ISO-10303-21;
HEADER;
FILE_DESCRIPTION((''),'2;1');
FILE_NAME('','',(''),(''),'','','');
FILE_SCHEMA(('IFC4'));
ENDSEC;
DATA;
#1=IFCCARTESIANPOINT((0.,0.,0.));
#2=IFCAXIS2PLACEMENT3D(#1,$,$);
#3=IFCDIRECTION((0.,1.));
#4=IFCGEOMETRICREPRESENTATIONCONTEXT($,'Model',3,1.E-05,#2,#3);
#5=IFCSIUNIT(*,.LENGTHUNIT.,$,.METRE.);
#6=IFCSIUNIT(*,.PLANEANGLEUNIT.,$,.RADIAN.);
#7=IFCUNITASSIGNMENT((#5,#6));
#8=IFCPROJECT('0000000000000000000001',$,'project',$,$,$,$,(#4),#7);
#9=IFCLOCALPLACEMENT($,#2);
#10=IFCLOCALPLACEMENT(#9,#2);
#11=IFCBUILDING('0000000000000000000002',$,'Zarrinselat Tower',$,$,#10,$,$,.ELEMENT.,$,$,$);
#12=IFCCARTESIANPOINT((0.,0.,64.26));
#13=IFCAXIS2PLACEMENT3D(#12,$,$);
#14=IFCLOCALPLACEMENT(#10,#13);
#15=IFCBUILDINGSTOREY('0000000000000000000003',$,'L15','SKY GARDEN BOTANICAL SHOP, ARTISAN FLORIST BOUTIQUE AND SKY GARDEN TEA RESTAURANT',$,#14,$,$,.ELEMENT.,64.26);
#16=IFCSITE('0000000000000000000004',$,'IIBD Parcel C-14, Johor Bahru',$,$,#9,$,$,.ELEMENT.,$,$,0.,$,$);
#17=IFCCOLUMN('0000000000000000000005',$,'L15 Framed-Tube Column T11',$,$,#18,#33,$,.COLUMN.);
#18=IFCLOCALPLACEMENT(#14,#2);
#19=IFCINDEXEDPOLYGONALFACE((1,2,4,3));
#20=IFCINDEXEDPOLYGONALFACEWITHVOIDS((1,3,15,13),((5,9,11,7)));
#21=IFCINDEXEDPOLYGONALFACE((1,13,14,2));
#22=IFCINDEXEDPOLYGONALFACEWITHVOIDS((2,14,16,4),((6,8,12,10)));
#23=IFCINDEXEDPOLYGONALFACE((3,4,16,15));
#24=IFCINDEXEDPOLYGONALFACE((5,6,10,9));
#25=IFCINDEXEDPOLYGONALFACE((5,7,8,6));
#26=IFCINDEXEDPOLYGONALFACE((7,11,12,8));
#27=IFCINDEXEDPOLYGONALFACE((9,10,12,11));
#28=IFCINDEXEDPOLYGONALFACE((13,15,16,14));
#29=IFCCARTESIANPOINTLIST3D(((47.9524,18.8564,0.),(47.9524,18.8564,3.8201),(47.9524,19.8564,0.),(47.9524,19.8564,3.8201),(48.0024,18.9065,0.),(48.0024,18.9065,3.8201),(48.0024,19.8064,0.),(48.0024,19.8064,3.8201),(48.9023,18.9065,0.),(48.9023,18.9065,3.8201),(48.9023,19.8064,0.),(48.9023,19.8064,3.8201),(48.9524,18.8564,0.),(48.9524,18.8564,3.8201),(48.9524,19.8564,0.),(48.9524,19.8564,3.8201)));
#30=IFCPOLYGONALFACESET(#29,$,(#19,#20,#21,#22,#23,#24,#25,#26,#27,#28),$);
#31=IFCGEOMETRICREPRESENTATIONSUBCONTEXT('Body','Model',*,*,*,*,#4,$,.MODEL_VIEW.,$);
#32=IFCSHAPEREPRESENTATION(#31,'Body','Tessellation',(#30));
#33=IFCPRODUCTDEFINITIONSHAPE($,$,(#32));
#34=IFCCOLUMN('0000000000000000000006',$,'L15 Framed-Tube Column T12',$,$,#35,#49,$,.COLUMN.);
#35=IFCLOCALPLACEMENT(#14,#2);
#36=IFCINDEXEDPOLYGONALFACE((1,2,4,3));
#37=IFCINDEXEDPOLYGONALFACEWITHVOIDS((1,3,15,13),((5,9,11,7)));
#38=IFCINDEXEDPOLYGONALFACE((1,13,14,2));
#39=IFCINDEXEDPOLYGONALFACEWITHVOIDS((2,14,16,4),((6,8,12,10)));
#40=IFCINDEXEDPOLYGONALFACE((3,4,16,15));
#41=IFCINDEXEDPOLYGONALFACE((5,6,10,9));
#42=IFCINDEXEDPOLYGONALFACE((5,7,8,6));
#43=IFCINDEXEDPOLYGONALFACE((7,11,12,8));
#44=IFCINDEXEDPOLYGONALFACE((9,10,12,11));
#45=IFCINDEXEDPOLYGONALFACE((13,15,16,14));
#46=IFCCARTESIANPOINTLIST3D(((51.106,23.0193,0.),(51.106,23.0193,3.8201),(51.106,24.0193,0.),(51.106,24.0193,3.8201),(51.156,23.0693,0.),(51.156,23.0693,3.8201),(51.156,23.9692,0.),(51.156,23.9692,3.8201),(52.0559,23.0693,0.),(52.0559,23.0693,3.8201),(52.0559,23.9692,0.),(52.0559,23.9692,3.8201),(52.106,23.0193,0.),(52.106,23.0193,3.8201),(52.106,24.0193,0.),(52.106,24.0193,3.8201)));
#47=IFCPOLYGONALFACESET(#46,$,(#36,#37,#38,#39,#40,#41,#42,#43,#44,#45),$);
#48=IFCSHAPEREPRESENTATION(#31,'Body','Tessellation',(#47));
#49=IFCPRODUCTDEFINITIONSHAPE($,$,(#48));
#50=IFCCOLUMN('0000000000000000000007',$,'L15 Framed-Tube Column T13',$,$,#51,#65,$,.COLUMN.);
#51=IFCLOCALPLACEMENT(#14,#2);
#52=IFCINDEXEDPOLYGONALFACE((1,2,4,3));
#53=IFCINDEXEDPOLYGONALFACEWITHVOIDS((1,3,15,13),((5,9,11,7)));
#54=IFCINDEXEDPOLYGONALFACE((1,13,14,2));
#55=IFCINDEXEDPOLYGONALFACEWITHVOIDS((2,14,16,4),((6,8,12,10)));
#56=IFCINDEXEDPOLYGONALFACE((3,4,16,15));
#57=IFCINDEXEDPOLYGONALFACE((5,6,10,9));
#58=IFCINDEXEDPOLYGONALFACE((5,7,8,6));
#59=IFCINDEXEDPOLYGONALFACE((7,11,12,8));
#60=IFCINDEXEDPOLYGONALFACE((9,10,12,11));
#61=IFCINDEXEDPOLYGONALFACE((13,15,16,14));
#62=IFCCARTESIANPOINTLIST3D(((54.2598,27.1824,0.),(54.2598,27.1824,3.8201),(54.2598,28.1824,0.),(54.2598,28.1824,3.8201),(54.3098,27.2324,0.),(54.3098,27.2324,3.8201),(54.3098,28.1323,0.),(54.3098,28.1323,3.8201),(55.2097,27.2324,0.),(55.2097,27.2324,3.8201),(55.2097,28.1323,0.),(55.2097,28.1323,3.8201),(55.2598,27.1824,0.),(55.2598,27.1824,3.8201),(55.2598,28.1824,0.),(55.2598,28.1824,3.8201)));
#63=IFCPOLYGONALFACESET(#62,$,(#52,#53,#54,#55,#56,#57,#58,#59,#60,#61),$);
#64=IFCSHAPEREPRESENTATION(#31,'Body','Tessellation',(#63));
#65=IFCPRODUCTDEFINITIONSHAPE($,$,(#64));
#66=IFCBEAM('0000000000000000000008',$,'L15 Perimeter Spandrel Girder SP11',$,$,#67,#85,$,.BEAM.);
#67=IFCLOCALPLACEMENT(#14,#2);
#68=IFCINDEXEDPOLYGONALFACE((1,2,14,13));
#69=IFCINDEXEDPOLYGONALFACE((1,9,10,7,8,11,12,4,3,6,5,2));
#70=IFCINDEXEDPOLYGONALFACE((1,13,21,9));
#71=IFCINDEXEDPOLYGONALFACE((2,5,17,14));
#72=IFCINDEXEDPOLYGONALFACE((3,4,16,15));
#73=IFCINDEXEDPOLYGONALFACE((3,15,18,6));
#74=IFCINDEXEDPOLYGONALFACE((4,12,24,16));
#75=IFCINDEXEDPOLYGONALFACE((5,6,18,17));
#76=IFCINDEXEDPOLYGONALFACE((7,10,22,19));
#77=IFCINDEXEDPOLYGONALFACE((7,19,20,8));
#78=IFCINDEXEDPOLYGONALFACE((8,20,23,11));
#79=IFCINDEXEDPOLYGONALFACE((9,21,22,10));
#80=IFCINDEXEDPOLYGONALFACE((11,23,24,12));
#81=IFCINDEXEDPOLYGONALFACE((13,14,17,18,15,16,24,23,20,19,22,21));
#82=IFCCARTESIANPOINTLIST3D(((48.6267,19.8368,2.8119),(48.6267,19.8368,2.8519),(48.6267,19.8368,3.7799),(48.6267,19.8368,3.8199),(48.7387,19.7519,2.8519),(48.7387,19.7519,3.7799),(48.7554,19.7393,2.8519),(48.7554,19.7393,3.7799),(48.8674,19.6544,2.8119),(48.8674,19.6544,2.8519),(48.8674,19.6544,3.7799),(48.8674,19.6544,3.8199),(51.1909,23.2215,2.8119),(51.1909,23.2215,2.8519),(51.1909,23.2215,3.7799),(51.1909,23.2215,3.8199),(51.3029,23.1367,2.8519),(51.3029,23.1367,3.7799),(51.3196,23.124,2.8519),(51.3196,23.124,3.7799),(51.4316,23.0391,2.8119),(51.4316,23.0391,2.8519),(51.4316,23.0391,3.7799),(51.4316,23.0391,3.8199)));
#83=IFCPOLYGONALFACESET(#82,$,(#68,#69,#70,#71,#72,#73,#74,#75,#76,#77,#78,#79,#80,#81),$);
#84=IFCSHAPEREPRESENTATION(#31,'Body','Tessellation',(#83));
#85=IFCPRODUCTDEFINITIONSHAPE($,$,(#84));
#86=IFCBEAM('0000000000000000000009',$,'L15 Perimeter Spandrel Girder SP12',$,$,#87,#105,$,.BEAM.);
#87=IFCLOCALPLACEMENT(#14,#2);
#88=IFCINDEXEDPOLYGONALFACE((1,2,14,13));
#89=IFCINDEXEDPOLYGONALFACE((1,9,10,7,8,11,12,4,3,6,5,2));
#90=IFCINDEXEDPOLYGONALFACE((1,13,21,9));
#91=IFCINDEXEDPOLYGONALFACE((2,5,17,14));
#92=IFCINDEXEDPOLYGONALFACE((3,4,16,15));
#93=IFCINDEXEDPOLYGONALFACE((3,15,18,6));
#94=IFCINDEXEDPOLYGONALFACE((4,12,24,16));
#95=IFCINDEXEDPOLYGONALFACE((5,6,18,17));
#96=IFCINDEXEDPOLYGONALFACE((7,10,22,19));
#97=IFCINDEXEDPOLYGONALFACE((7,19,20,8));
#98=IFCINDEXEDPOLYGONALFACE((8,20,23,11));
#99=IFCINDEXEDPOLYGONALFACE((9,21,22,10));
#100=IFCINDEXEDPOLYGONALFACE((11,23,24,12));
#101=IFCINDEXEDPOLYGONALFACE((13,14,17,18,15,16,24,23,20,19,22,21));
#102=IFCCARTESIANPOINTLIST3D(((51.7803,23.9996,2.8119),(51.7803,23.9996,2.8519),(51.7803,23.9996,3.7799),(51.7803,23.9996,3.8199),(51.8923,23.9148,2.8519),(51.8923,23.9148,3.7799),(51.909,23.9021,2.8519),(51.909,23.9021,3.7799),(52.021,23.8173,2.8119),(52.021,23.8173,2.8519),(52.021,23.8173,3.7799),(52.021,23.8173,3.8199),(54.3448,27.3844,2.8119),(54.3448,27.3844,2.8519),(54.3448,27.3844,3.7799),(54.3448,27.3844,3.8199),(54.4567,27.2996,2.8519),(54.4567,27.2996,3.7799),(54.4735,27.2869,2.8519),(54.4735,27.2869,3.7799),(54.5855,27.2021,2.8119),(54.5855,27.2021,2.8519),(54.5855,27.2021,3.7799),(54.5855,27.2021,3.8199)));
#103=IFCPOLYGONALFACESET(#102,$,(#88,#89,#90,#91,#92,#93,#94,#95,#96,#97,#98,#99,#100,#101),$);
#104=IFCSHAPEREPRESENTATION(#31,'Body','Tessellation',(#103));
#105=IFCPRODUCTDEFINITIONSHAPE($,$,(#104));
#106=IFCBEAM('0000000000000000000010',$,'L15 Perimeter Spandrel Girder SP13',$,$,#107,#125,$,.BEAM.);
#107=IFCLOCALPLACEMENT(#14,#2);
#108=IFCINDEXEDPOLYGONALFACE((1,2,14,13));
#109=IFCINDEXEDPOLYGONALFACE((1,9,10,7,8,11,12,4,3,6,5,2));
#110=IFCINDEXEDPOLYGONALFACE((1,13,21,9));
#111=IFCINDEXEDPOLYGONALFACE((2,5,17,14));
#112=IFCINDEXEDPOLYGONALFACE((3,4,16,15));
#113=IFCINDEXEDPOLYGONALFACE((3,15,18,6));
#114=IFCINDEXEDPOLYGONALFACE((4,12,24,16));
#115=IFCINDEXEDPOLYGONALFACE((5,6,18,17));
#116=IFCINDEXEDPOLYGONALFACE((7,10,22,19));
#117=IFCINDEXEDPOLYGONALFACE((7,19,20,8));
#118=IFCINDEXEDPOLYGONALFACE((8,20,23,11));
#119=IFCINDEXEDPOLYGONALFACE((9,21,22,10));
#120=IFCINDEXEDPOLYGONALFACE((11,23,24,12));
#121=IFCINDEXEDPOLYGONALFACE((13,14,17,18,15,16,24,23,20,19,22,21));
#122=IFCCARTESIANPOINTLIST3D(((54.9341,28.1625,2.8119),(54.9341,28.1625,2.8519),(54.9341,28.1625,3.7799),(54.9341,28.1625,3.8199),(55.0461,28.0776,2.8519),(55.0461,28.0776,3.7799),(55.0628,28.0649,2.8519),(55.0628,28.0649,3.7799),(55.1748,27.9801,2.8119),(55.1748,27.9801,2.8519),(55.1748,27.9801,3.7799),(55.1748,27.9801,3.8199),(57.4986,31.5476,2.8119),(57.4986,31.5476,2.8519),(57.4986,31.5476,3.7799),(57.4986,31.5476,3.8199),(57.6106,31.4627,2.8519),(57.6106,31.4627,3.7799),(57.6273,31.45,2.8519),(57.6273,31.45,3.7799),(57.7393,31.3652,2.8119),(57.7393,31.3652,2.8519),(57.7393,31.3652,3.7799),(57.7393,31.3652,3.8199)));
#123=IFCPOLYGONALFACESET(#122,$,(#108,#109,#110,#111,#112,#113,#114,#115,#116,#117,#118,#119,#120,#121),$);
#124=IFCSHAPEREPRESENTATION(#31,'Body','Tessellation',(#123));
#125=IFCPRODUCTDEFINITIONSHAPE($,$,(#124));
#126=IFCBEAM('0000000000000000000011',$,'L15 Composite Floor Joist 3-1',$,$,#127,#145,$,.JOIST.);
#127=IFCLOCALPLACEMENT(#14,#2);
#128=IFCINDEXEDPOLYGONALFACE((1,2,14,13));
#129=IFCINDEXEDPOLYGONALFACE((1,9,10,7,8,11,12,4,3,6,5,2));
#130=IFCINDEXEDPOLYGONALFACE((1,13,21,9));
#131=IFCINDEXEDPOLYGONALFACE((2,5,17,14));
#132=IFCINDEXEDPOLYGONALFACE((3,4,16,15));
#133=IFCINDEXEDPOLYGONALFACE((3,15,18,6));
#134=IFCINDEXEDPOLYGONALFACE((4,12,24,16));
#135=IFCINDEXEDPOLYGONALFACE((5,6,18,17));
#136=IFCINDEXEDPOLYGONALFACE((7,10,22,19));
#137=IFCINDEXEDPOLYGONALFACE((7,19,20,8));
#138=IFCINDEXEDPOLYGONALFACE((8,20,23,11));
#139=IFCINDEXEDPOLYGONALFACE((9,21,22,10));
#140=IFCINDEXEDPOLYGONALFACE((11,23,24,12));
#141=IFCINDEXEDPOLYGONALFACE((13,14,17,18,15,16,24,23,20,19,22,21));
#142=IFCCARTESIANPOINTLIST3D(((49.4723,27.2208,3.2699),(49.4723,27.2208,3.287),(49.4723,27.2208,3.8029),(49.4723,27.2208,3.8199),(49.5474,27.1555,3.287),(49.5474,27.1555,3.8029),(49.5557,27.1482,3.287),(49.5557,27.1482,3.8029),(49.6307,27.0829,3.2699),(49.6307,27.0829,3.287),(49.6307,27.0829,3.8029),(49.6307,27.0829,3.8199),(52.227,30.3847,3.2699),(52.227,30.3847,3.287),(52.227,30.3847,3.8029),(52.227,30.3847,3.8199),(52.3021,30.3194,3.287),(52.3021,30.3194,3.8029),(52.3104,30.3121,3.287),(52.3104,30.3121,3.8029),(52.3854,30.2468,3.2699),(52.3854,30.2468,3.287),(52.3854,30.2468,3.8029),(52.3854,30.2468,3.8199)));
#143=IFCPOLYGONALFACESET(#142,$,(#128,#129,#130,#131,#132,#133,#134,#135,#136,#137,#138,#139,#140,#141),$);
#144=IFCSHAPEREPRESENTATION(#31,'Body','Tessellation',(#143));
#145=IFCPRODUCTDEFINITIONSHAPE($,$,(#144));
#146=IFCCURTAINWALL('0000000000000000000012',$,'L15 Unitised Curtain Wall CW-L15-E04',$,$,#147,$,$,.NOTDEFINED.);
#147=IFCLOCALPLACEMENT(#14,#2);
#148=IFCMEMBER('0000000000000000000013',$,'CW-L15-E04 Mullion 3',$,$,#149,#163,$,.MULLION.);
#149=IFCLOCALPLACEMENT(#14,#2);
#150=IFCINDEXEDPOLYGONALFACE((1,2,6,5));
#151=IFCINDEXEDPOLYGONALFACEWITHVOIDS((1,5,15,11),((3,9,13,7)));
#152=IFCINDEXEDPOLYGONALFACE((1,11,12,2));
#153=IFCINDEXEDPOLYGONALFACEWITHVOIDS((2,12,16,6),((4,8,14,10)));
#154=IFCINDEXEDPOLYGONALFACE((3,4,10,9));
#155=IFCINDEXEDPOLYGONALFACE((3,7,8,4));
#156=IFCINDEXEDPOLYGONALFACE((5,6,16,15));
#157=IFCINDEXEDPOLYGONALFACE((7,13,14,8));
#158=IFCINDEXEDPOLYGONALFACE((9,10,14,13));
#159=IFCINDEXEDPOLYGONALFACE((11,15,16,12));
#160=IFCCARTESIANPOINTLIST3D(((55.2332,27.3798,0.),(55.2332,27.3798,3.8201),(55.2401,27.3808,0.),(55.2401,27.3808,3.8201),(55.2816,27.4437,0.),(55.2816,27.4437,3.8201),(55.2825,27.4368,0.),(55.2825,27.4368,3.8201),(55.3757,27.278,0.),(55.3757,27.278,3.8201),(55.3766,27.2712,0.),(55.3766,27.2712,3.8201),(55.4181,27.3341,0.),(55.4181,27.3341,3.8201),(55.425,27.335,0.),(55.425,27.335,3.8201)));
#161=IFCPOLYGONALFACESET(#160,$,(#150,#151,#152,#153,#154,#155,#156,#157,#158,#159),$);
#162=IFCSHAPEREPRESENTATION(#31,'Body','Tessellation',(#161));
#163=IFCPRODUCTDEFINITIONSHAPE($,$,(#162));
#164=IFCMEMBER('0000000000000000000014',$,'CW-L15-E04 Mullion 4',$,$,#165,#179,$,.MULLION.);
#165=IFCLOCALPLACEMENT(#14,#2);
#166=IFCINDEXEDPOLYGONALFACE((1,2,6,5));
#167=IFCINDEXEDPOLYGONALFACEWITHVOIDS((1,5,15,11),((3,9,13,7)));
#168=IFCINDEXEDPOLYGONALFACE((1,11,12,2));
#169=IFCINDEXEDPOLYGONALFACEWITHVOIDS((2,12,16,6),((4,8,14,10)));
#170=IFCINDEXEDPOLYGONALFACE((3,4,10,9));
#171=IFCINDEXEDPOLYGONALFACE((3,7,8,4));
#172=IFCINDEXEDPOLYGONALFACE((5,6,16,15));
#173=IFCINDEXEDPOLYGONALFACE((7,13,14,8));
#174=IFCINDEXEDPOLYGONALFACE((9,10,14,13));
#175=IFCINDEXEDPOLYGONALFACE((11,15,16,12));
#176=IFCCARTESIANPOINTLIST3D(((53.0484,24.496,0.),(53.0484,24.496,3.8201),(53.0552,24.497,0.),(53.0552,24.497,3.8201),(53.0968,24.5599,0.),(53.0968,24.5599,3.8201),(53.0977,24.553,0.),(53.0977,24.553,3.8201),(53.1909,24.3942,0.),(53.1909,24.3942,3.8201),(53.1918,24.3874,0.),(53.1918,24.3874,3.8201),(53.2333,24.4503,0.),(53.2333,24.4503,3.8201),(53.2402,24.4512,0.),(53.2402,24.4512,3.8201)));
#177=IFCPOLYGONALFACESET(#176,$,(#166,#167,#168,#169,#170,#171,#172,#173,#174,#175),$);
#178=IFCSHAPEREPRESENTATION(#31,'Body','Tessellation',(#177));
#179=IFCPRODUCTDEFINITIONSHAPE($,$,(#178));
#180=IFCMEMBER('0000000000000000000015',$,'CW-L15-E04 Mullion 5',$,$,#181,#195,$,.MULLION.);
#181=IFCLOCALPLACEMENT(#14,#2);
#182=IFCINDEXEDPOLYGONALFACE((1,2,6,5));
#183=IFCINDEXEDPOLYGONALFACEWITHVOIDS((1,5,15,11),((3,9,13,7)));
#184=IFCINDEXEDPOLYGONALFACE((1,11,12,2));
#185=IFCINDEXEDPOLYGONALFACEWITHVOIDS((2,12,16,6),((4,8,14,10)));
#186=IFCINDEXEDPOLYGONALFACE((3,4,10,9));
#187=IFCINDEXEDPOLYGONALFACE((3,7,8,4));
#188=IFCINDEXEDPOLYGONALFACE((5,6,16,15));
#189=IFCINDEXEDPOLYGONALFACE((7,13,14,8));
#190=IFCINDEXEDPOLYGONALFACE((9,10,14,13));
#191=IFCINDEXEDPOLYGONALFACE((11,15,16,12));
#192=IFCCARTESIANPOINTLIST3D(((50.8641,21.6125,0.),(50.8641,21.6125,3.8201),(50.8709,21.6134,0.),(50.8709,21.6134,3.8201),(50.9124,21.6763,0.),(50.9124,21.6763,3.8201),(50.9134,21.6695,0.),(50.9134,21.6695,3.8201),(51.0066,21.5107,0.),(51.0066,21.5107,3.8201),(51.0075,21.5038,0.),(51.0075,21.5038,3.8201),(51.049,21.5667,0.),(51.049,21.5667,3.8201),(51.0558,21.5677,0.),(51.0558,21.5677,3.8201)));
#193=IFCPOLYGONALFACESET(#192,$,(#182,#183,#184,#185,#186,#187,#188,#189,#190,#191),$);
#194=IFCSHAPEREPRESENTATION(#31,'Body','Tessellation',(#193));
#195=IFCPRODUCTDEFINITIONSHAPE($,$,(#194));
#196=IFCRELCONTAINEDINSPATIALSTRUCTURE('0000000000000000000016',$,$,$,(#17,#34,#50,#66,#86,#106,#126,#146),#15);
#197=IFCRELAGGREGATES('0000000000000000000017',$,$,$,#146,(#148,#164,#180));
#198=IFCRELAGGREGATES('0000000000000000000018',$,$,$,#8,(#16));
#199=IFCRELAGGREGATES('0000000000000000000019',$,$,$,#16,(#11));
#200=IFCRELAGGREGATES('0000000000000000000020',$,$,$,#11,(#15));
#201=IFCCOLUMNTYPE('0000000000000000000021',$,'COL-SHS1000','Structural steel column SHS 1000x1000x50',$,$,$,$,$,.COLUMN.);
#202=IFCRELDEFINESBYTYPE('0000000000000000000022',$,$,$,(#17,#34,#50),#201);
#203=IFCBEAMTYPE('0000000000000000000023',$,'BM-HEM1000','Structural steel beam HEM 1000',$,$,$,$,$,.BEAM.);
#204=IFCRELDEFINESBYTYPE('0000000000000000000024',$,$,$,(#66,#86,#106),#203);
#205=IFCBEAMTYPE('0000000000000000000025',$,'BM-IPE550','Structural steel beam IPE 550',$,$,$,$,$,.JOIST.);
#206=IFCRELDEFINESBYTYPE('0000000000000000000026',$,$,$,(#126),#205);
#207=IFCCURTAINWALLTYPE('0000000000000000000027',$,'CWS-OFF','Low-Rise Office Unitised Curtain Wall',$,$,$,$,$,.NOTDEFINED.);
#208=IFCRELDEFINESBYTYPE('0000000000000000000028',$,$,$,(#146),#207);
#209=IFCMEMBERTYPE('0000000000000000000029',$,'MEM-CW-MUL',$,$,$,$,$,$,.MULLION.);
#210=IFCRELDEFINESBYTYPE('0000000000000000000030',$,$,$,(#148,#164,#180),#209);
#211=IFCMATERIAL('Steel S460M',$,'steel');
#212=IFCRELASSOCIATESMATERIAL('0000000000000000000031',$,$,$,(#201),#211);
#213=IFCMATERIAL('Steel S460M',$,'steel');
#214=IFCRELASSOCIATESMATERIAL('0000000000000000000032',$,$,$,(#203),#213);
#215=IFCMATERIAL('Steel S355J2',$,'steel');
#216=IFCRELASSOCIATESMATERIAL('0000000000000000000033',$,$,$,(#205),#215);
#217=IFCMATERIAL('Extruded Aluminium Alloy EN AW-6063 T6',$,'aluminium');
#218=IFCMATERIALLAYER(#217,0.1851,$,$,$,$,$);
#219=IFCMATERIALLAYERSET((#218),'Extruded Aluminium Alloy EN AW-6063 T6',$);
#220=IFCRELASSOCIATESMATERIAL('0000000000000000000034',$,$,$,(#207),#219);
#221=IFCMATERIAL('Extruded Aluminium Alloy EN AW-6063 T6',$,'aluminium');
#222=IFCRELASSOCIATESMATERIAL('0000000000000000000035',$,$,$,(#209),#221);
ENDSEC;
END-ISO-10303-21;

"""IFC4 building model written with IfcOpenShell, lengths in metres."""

from ifc_helpers import new_model, si_unit, direction, frame, origin, origin_2d, place, context, subcontext, project, spatial, hollow_rectangle, i_section, extrude, material, layer, layer_set, material_profile, profile_set, type_object, element, aggregate, save


model = new_model("IFC4")

# Units and contexts
model_context = context("Model", 3, precision=1e-05, world=origin(), true_north=direction((0.0, 1.0)))
body_context = subcontext(model_context, "Body", "Model", "MODEL_VIEW")
ifc_project = project(units=[si_unit("LENGTHUNIT", "METRE"), si_unit("PLANEANGLEUNIT", "RADIAN")], contexts=[model_context])

# Site, building, storey
site_placement = place(None, origin())
site = spatial("IfcSite", under=ifc_project, at=site_placement, Name="IIBD Parcel C-14, Johor Bahru", CompositionType="ELEMENT", RefElevation=0.0)
building_placement = place(site_placement, origin())
building = spatial("IfcBuilding", under=site, at=building_placement, Name="Zarrinselat Tower", CompositionType="ELEMENT")
storey_placement = place(building_placement, frame((0.0, 0.0, 64.26)))
storey = spatial("IfcBuildingStorey", under=building, at=storey_placement, Name="L15", Description="SKY GARDEN BOTANICAL SHOP, ARTISAN FLORIST BOUTIQUE AND SKY GARDEN TEA RESTAURANT", CompositionType="ELEMENT", Elevation=64.26)

# Columns
ifc_material_1 = material(Name="Steel S460M", Category="steel")
ifc_material_profile_1 = material_profile(ifc_material_1, hollow_rectangle(XDim=1.0, YDim=1.0, WallThickness=0.05, at=origin_2d()), Name="SHS 1000x1000x50")
ifc_profile_set_1 = profile_set([ifc_material_profile_1], Name="Steel S460M")
column_type = type_object("IfcColumnType", Name="COL-SHS1000", Description="Structural steel column SHS 1000x1000x50", PredefinedType="COLUMN", material=ifc_profile_set_1)
for number, where, z_axis, x_axis, name in (
    (1, (48.4524, 19.3564, 0.0), (0.0, 0.0, 1.0), (1.0, 0.0, 0.0), "L15 Framed-Tube Column T11"),
    (2, (51.606, 23.5193, 0.0), (0.0, 0.0, 1.0), (1.0, 0.0, 0.0), "L15 Framed-Tube Column T12"),
    (3, (54.7598, 27.6824, 0.0), (0.0, 0.0, 1.0), (1.0, 0.0, 0.0), "L15 Framed-Tube Column T13"),
):
    element("IfcColumn", number, at=place(storey_placement, frame(where, z_axis=z_axis, x_axis=x_axis)), inside=storey, type_object=column_type, Name=name, PredefinedType="COLUMN", context=body_context, shape_type="SweptSolid", body=[
        extrude(hollow_rectangle(XDim=1.0, YDim=1.0, WallThickness=0.05, at=origin_2d()), origin(), (0.0, 0.0, 1.0), 3.8201),
    ])

# Beams
ifc_material_2 = material(Name="Steel S460M", Category="steel")
ifc_material_profile_2 = material_profile(ifc_material_2, i_section(OverallWidth=0.302, OverallDepth=1.0081, WebThickness=0.021, FlangeThickness=0.04, at=origin_2d()), Name="HEM 1000")
ifc_profile_set_2 = profile_set([ifc_material_profile_2], Name="Steel S460M")
beam_type_1 = type_object("IfcBeamType", Name="BM-HEM1000", Description="Structural steel beam HEM 1000", PredefinedType="BEAM", material=ifc_profile_set_2)
beam_1_placement = place(storey_placement, frame((48.7471, 19.7456, 3.3159), z_axis=(0.603857, 0.797093, 0.0), x_axis=(-0.797093, 0.603857, 0.0)))
element("IfcBeam", 4, at=beam_1_placement, inside=storey, type_object=beam_type_1, Name="L15 Perimeter Spandrel Girder SP11", PredefinedType="BEAM", context=body_context, shape_type="SweptSolid", body=[
    extrude(i_section(OverallWidth=0.302, OverallDepth=1.0081, WebThickness=0.021, FlangeThickness=0.04, at=origin_2d()), origin(), (0.0, 0.0, 1.0), 4.2463),
])
beam_2_placement = place(storey_placement, frame((51.9006, 23.9084, 3.3159), z_axis=(0.603893, 0.797065, 0.0), x_axis=(-0.797065, 0.603893, 0.0)))
element("IfcBeam", 5, at=beam_2_placement, inside=storey, type_object=beam_type_1, Name="L15 Perimeter Spandrel Girder SP12", PredefinedType="BEAM", context=body_context, shape_type="SweptSolid", body=[
    extrude(i_section(OverallWidth=0.302, OverallDepth=1.0081, WebThickness=0.021, FlangeThickness=0.04, at=origin_2d()), origin(), (0.0, 0.0, 1.0), 4.2466),
])
beam_3_placement = place(storey_placement, frame((55.0544, 28.0713, 3.3159), z_axis=(0.603865, 0.797086, 0.0), x_axis=(-0.797086, 0.603865, 0.0)))
element("IfcBeam", 6, at=beam_3_placement, inside=storey, type_object=beam_type_1, Name="L15 Perimeter Spandrel Girder SP13", PredefinedType="BEAM", context=body_context, shape_type="SweptSolid", body=[
    extrude(i_section(OverallWidth=0.302, OverallDepth=1.0081, WebThickness=0.021, FlangeThickness=0.04, at=origin_2d()), origin(), (0.0, 0.0, 1.0), 4.2468),
])
ifc_material_3 = material(Name="Steel S355J2", Category="steel")
ifc_material_profile_3 = material_profile(ifc_material_3, i_section(OverallWidth=0.21, OverallDepth=0.55, WebThickness=0.011, FlangeThickness=0.0171, at=origin_2d()), Name="IPE 550")
ifc_profile_set_3 = profile_set([ifc_material_profile_3], Name="Steel S355J2")
beam_type_2 = type_object("IfcBeamType", Name="BM-IPE550", Description="Structural steel beam IPE 550", PredefinedType="JOIST", material=ifc_profile_set_3)
beam_4_placement = place(storey_placement, frame((49.5515, 27.1519, 3.5449), z_axis=(0.656653, 0.754193, 0.0), x_axis=(-0.754193, 0.656653, 0.0)))
element("IfcBeam", 7, at=beam_4_placement, inside=storey, type_object=beam_type_2, Name="L15 Composite Floor Joist 3-1", PredefinedType="JOIST", context=body_context, shape_type="SweptSolid", body=[
    extrude(i_section(OverallWidth=0.21, OverallDepth=0.55, WebThickness=0.011, FlangeThickness=0.0171, at=origin_2d()), origin(), (0.0, 0.0, 1.0), 4.1951),
])

# Curtain wall, members
ifc_material_4 = material(Name="Extruded Aluminium Alloy EN AW-6063 T6", Category="aluminium")
ifc_layer_1 = layer(ifc_material_4, 0.1851)
ifc_layer_set_1 = layer_set([ifc_layer_1], Name="Extruded Aluminium Alloy EN AW-6063 T6")
curtain_wall_type = type_object("IfcCurtainWallType", Name="CWS-OFF", Description="Low-Rise Office Unitised Curtain Wall", PredefinedType="NOTDEFINED", material=ifc_layer_set_1)
curtain_wall_1_placement = place(storey_placement, origin())
curtain_wall_1 = element("IfcCurtainWall", 8, at=curtain_wall_1_placement, inside=storey, type_object=curtain_wall_type, Name="L15 Unitised Curtain Wall CW-L15-E04", PredefinedType="NOTDEFINED")
ifc_material_5 = material(Name="Extruded Aluminium Alloy EN AW-6063 T6", Category="aluminium")
ifc_material_profile_4 = material_profile(ifc_material_5, hollow_rectangle(XDim=0.0801, YDim=0.1799, WallThickness=0.0049, at=origin_2d()), Name="RHS 180x80x5")
ifc_profile_set_4 = profile_set([ifc_material_profile_4], Name="Extruded Aluminium Alloy EN AW-6063 T6")
member_type_1 = type_object("IfcMemberType", Name="MEM-CW-MUL", PredefinedType="MULLION", material=ifc_profile_set_4)
member_1_placement = place(storey_placement, frame((55.3291, 27.3574, 0.0), z_axis=(0.0, 0.0, 1.0), x_axis=(-0.603859, -0.797091, 0.0)))
member_1 = element("IfcMember", 9, at=member_1_placement, type_object=member_type_1, Name="CW-L15-E04 Mullion 3", PredefinedType="MULLION", context=body_context, shape_type="SweptSolid", body=[
    extrude(hollow_rectangle(XDim=0.0801, YDim=0.1799, WallThickness=0.0049, at=origin_2d()), origin(), (0.0, 0.0, 1.0), 3.8201),
])
member_2_placement = place(storey_placement, frame((53.1443, 24.4736, 0.0), z_axis=(0.0, 0.0, 1.0), x_axis=(-0.603859, -0.797091, 0.0)))
member_2 = element("IfcMember", 10, at=member_2_placement, type_object=member_type_1, Name="CW-L15-E04 Mullion 4", PredefinedType="MULLION", context=body_context, shape_type="SweptSolid", body=[
    extrude(hollow_rectangle(XDim=0.0801, YDim=0.1799, WallThickness=0.0049, at=origin_2d()), origin(), (0.0, 0.0, 1.0), 3.8201),
])
member_3_placement = place(storey_placement, frame((50.96, 21.5901, 0.0), z_axis=(0.0, 0.0, 1.0), x_axis=(-0.603859, -0.797091, 0.0)))
member_3 = element("IfcMember", 11, at=member_3_placement, type_object=member_type_1, Name="CW-L15-E04 Mullion 5", PredefinedType="MULLION", context=body_context, shape_type="SweptSolid", body=[
    extrude(hollow_rectangle(XDim=0.0801, YDim=0.1799, WallThickness=0.0049, at=origin_2d()), origin(), (0.0, 0.0, 1.0), 3.8201),
])

aggregate(curtain_wall_1, [member_1, member_2, member_3])

save(model, "model.ifc")
